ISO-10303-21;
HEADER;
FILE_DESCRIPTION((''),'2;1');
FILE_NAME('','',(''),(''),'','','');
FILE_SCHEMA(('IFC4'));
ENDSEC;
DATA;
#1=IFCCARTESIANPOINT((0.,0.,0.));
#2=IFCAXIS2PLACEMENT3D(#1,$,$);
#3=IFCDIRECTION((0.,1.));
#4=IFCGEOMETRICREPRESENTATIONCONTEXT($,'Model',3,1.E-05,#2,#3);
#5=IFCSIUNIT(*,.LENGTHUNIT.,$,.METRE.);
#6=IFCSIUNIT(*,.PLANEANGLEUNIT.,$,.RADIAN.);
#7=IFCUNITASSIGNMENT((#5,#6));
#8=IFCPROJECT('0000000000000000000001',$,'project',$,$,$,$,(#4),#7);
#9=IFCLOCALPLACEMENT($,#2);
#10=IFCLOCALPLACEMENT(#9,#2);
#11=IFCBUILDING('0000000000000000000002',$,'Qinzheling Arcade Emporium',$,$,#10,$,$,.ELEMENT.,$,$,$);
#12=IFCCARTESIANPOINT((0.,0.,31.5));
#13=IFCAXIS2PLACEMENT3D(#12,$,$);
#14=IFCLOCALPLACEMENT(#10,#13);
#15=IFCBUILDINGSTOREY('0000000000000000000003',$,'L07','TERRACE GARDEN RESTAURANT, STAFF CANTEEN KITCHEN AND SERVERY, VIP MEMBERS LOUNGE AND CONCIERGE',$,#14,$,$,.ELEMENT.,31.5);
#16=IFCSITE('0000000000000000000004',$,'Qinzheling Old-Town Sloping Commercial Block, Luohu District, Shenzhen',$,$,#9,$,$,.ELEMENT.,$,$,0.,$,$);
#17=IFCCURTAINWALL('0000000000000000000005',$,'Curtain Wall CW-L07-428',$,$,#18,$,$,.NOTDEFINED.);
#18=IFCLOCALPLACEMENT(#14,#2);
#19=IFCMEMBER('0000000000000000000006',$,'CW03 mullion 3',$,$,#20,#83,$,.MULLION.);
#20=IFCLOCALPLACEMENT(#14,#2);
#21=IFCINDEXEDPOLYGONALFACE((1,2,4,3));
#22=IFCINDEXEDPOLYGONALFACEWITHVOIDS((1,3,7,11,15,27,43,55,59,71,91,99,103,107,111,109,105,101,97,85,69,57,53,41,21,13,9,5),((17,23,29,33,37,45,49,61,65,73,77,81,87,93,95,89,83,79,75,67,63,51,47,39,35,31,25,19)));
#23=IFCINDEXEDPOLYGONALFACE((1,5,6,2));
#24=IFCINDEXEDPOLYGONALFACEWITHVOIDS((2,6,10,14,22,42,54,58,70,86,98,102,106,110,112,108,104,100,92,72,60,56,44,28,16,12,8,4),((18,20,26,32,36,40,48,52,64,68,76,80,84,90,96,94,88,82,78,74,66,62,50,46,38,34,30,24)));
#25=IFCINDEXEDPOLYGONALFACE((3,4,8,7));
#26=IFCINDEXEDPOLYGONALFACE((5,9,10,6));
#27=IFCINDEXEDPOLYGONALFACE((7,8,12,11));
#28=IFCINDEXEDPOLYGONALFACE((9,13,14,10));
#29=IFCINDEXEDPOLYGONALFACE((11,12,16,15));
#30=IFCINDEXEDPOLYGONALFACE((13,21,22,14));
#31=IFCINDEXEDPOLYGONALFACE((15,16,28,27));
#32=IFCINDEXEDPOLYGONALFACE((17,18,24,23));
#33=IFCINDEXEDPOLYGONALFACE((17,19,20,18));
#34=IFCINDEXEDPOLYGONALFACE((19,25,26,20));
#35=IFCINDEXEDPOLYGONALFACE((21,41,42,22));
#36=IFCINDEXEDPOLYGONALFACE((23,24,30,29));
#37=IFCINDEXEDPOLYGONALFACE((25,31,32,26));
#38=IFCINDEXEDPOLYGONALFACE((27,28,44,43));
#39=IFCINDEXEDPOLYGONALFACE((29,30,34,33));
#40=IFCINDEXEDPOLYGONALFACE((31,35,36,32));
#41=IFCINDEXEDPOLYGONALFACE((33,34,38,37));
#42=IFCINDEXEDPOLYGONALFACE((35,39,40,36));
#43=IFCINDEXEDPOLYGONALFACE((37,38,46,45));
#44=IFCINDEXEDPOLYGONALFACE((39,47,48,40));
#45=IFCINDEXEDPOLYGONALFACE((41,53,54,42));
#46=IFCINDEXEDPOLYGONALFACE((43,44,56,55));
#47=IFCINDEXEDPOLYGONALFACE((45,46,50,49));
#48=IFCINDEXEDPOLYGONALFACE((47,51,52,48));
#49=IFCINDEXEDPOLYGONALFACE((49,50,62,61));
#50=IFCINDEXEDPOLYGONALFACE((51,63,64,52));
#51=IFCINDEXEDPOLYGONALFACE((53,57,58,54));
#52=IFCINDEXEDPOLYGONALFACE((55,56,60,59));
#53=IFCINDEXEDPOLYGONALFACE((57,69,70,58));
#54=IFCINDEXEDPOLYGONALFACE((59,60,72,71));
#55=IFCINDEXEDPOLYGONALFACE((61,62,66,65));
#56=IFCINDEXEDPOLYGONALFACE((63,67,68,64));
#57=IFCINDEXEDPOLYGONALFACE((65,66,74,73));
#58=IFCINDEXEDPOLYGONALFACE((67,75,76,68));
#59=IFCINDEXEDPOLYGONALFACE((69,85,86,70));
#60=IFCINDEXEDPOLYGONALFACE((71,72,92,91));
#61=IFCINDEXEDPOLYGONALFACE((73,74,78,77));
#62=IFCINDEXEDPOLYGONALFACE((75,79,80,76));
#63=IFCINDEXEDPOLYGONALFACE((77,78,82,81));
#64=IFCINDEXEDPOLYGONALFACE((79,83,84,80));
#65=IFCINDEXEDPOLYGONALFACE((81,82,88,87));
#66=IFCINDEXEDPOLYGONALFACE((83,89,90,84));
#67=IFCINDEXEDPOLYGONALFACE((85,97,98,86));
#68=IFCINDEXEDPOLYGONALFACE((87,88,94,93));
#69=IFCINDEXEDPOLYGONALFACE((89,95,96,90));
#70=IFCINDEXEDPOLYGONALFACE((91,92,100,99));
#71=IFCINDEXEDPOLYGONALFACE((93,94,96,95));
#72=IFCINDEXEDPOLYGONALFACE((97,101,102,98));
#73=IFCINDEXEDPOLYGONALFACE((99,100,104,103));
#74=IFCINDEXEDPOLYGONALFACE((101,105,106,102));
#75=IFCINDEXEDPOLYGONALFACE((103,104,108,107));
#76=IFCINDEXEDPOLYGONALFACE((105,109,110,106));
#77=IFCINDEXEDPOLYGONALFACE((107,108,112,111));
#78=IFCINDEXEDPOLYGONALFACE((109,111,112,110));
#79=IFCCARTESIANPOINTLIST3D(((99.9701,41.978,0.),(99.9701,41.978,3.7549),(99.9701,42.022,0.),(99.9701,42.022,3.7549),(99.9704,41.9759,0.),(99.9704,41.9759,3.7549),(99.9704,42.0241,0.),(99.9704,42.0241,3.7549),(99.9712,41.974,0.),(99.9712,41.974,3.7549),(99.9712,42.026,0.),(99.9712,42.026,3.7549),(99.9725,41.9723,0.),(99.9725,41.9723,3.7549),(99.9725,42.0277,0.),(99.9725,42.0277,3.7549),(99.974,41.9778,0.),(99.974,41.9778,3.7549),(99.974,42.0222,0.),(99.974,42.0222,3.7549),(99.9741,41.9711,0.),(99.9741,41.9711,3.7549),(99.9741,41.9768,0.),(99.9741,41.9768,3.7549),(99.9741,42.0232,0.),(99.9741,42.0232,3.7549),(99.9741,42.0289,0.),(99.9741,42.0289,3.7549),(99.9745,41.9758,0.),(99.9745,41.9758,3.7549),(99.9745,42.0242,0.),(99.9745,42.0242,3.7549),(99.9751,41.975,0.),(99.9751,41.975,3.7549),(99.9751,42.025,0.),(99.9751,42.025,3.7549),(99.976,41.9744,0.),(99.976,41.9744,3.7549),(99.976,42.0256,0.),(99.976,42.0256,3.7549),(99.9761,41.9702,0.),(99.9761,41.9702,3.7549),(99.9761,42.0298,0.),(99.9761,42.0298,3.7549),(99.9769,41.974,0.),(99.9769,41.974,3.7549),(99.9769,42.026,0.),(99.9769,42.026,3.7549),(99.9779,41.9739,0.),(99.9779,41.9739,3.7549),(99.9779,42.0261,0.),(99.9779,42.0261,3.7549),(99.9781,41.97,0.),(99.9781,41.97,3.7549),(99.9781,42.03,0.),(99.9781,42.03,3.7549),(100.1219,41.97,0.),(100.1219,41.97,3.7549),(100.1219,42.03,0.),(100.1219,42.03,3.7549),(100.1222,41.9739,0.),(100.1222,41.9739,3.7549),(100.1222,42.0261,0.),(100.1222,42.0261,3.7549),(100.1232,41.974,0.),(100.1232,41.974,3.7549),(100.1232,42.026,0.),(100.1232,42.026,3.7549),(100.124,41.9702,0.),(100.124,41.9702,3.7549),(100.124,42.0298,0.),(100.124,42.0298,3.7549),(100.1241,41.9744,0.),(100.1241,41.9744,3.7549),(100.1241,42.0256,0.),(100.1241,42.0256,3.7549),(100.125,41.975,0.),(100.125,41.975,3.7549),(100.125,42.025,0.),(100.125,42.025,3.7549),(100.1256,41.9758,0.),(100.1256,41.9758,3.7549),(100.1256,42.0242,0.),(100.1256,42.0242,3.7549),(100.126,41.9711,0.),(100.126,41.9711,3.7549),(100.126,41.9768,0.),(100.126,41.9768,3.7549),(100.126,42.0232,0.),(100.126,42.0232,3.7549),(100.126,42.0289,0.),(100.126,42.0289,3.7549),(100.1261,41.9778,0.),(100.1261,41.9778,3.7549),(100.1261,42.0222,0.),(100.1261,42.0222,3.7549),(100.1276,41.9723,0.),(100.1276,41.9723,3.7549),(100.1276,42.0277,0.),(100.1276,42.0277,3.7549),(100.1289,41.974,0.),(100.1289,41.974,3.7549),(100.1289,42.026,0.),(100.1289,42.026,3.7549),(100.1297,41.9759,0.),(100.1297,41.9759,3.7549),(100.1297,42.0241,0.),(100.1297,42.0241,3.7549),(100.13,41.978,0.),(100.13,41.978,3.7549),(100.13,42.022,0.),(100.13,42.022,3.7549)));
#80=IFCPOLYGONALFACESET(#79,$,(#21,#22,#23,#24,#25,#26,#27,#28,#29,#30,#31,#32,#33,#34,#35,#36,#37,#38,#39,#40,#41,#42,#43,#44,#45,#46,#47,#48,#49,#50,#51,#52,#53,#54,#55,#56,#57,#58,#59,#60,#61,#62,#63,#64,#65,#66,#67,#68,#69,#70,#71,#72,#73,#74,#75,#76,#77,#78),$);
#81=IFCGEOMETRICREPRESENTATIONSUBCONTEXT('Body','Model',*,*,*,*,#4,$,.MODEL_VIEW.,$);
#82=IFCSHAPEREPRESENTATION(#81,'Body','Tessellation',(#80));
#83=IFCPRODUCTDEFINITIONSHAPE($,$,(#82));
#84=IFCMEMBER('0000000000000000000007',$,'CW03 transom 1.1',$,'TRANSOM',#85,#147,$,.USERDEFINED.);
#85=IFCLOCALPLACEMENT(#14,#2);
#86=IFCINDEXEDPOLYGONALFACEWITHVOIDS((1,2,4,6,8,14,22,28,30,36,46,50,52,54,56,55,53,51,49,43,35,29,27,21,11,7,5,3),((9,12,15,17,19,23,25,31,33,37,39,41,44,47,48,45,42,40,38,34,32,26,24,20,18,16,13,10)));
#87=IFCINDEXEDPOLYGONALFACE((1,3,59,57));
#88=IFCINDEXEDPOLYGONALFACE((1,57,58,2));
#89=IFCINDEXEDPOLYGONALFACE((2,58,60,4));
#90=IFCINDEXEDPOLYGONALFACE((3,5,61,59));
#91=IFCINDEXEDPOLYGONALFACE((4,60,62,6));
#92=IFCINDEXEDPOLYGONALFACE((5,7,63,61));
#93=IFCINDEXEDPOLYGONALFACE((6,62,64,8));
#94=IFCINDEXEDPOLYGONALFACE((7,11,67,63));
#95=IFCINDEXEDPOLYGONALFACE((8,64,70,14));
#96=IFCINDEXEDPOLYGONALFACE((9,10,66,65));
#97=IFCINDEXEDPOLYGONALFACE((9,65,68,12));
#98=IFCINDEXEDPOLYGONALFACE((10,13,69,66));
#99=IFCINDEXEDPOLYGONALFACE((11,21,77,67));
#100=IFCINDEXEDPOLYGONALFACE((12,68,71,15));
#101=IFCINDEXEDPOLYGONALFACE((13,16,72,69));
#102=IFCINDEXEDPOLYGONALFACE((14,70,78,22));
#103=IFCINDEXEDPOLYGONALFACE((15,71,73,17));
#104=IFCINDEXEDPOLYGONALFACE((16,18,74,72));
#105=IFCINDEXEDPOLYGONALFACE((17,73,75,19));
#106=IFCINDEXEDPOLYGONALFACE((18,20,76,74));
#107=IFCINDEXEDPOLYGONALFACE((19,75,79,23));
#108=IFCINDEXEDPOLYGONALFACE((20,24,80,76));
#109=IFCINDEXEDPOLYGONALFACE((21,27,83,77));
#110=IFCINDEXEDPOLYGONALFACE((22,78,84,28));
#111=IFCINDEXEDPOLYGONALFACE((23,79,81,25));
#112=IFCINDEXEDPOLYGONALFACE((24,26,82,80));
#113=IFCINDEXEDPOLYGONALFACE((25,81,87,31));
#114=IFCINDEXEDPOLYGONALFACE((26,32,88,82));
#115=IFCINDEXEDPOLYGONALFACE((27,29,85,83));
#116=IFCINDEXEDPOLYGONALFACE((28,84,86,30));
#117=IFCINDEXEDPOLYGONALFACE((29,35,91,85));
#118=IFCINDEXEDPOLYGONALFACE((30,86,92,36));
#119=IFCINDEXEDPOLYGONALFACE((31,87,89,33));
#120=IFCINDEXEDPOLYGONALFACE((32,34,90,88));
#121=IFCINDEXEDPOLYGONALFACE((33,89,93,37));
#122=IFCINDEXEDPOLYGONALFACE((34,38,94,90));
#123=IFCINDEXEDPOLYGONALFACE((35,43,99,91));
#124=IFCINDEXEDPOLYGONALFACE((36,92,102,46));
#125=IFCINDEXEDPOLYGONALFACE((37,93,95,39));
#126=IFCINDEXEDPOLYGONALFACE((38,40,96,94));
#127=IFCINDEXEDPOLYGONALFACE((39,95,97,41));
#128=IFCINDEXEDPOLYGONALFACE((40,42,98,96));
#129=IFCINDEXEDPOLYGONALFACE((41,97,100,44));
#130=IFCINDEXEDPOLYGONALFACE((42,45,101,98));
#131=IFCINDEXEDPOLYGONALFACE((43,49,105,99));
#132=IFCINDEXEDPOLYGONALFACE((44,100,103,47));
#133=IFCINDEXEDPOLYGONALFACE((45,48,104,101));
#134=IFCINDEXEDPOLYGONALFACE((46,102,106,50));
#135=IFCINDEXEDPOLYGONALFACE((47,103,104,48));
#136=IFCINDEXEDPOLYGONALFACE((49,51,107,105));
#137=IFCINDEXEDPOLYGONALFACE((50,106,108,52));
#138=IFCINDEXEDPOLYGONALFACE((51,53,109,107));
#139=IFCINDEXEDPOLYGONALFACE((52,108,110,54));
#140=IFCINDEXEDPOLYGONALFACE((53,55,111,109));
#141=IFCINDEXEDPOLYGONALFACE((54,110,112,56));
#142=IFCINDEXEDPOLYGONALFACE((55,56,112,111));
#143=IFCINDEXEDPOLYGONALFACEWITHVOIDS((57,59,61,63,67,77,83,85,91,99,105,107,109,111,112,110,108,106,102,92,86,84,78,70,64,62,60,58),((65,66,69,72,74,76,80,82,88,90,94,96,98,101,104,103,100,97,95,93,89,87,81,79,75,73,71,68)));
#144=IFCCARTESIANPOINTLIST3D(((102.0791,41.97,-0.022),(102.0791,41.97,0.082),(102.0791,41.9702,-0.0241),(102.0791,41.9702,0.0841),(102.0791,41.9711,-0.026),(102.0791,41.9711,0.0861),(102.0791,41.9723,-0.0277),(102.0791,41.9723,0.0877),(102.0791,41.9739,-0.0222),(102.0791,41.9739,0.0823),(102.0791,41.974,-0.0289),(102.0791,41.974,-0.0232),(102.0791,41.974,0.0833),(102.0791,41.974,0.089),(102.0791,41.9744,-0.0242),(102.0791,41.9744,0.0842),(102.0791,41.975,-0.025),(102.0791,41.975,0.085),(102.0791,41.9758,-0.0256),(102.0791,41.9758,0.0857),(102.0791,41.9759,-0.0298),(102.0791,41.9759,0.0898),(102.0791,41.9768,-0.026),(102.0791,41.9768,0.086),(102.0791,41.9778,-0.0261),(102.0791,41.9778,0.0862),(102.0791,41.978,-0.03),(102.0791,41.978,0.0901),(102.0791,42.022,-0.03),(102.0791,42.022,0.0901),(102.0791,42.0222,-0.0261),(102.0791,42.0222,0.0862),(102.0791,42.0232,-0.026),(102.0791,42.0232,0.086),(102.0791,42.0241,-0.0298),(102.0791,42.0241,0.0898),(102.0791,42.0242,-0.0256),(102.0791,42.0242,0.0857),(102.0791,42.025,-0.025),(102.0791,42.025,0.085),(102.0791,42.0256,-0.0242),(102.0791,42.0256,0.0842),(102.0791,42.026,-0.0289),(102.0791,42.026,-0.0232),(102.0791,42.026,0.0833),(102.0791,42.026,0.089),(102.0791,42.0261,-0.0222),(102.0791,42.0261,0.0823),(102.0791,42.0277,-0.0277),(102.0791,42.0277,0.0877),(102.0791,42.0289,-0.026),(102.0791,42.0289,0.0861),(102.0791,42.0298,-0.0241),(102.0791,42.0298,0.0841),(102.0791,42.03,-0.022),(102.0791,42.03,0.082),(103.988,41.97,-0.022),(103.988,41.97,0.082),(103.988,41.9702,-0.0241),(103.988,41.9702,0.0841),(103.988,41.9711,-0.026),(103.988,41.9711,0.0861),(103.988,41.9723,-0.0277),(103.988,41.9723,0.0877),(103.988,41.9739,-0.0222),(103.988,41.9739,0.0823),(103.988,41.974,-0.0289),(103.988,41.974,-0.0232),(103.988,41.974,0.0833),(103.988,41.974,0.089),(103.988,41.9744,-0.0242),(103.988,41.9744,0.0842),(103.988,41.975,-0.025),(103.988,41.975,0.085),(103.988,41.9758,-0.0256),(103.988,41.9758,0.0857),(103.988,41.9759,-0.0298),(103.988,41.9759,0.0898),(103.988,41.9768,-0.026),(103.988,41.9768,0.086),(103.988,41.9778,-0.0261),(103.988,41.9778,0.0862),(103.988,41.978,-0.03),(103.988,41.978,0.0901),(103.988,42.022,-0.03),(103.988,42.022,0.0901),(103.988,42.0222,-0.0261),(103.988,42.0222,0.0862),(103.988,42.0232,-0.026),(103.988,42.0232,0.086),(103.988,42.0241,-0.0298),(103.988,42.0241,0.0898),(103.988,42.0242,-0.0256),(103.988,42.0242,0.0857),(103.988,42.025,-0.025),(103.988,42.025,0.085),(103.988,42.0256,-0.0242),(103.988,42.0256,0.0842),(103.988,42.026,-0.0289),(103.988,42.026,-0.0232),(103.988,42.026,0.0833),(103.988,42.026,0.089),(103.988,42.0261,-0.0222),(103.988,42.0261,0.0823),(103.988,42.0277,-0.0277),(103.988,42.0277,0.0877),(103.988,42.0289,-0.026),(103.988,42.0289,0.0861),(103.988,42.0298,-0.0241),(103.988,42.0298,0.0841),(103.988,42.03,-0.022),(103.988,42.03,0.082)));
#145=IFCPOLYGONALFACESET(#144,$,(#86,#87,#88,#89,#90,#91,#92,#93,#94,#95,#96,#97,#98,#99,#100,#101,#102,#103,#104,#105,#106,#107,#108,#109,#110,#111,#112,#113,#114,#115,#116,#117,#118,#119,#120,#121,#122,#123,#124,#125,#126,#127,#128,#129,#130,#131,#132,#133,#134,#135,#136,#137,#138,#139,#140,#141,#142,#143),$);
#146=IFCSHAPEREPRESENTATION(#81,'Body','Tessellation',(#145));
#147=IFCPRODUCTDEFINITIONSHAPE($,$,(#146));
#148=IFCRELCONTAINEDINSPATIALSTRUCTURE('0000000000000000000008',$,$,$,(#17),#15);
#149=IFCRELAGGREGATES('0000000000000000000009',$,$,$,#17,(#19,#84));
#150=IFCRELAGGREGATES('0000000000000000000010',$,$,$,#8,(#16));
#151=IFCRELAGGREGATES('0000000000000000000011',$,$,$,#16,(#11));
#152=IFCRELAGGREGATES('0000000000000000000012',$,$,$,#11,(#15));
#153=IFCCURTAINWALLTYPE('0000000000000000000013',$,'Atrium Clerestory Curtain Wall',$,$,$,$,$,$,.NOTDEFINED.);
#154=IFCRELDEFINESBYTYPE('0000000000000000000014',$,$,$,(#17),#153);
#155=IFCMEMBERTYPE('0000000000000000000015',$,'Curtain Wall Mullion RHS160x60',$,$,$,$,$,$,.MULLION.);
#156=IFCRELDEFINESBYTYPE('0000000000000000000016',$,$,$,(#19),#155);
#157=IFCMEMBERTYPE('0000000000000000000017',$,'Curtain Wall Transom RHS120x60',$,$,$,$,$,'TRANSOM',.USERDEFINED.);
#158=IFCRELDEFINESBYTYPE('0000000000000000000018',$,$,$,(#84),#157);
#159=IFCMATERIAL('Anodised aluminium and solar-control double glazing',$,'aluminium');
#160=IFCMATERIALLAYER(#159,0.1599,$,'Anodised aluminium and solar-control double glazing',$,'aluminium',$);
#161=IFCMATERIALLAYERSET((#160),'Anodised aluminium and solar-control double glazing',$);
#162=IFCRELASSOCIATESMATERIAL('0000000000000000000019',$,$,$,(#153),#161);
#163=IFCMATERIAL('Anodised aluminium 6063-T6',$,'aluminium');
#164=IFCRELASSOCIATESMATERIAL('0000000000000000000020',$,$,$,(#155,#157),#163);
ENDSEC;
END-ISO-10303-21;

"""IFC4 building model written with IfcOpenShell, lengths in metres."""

from ifc_helpers import new_model, si_unit, direction, frame, origin, origin_2d, place, context, subcontext, project, spatial, hollow_rectangle, extrude, material, layer, layer_set, material_profile, profile_set, type_object, element, aggregate, save


model = new_model("IFC4")

# Units and contexts
model_context = context("Model", 3, precision=1e-05, world=origin(), true_north=direction((0.0, 1.0)))
body_context = subcontext(model_context, "Body", "Model", "MODEL_VIEW")
ifc_project = project(units=[si_unit("LENGTHUNIT", "METRE"), si_unit("PLANEANGLEUNIT", "RADIAN")], contexts=[model_context])

# Site, building, storey
site_placement = place(None, origin())
site = spatial("IfcSite", under=ifc_project, at=site_placement, Name="Qinzheling Old-Town Sloping Commercial Block, Luohu District, Shenzhen", CompositionType="ELEMENT", RefElevation=0.0)
building_placement = place(site_placement, origin())
building = spatial("IfcBuilding", under=site, at=building_placement, Name="Qinzheling Arcade Emporium", CompositionType="ELEMENT")
storey_placement = place(building_placement, frame((0.0, 0.0, 31.5)))
storey = spatial("IfcBuildingStorey", under=building, at=storey_placement, Name="L07", Description="TERRACE GARDEN RESTAURANT, STAFF CANTEEN KITCHEN AND SERVERY, VIP MEMBERS LOUNGE AND CONCIERGE", CompositionType="ELEMENT", Elevation=31.5)

# Curtain wall, members
ifc_material_1 = material(Name="Anodised aluminium and solar-control double glazing", Category="aluminium")
ifc_layer_1 = layer(ifc_material_1, 0.1599, Name="Anodised aluminium and solar-control double glazing", Category="aluminium")
ifc_layer_set_1 = layer_set([ifc_layer_1], Name="Anodised aluminium and solar-control double glazing")
curtain_wall_type = type_object("IfcCurtainWallType", Name="Atrium Clerestory Curtain Wall", PredefinedType="NOTDEFINED", material=ifc_layer_set_1)
curtain_wall_placement = place(storey_placement, origin())
curtain_wall = element("IfcCurtainWall", 1, at=curtain_wall_placement, inside=storey, type_object=curtain_wall_type, Name="Curtain Wall CW-L07-428", PredefinedType="NOTDEFINED")
ifc_material_2 = material(Name="Anodised aluminium 6063-T6", Category="aluminium")
ifc_material_profile_1 = material_profile(ifc_material_2, hollow_rectangle(XDim=0.0601, YDim=0.1599, WallThickness=0.0039, InnerFilletRadius=0.0039, OuterFilletRadius=0.0081, at=origin_2d()), Name="RHS 160x60x4", Category="aluminium")
ifc_profile_set_1 = profile_set([ifc_material_profile_1], Name="Anodised aluminium 6063-T6")
member_type_1 = type_object("IfcMemberType", Name="Curtain Wall Mullion RHS160x60", PredefinedType="MULLION", material=ifc_profile_set_1)
member_1_placement = place(storey_placement, frame((100.05, 42.0, 0.0), z_axis=(0.0, 0.0, 1.0), x_axis=(0.0, -1.0, 0.0)))
member_1 = element("IfcMember", 2, at=member_1_placement, type_object=member_type_1, Name="CW03 mullion 3", PredefinedType="MULLION", context=body_context, shape_type="SweptSolid", body=[
    extrude(hollow_rectangle(XDim=0.0601, YDim=0.1599, WallThickness=0.0039, InnerFilletRadius=0.0039, OuterFilletRadius=0.0081, at=origin_2d()), origin(), (0.0, 0.0, 1.0), 3.7549),
])
ifc_material_profile_2 = material_profile(ifc_material_2, hollow_rectangle(XDim=0.0601, YDim=0.1201, WallThickness=0.0039, InnerFilletRadius=0.0039, OuterFilletRadius=0.0081, at=origin_2d()), Name="RHS 120x60x4", Category="aluminium")
ifc_profile_set_2 = profile_set([ifc_material_profile_2], Name="Anodised aluminium 6063-T6")
member_type_2 = type_object("IfcMemberType", Name="Curtain Wall Transom RHS120x60", ElementType="TRANSOM", PredefinedType="USERDEFINED", material=ifc_profile_set_2)
member_2_placement = place(storey_placement, frame((103.988, 42.0, 0.03), z_axis=(-1.0, 0.0, 0.0), x_axis=(0.0, -1.0, 0.0)))
member_2 = element("IfcMember", 3, at=member_2_placement, type_object=member_type_2, Name="CW03 transom 1.1", ObjectType="TRANSOM", PredefinedType="USERDEFINED", context=body_context, shape_type="SweptSolid", body=[
    extrude(hollow_rectangle(XDim=0.0601, YDim=0.1201, WallThickness=0.0039, InnerFilletRadius=0.0039, OuterFilletRadius=0.0081, at=origin_2d()), origin(), (0.0, 0.0, 1.0), 1.9089),
])
aggregate(curtain_wall, [member_1, member_2])

save(model, "model.ifc")
